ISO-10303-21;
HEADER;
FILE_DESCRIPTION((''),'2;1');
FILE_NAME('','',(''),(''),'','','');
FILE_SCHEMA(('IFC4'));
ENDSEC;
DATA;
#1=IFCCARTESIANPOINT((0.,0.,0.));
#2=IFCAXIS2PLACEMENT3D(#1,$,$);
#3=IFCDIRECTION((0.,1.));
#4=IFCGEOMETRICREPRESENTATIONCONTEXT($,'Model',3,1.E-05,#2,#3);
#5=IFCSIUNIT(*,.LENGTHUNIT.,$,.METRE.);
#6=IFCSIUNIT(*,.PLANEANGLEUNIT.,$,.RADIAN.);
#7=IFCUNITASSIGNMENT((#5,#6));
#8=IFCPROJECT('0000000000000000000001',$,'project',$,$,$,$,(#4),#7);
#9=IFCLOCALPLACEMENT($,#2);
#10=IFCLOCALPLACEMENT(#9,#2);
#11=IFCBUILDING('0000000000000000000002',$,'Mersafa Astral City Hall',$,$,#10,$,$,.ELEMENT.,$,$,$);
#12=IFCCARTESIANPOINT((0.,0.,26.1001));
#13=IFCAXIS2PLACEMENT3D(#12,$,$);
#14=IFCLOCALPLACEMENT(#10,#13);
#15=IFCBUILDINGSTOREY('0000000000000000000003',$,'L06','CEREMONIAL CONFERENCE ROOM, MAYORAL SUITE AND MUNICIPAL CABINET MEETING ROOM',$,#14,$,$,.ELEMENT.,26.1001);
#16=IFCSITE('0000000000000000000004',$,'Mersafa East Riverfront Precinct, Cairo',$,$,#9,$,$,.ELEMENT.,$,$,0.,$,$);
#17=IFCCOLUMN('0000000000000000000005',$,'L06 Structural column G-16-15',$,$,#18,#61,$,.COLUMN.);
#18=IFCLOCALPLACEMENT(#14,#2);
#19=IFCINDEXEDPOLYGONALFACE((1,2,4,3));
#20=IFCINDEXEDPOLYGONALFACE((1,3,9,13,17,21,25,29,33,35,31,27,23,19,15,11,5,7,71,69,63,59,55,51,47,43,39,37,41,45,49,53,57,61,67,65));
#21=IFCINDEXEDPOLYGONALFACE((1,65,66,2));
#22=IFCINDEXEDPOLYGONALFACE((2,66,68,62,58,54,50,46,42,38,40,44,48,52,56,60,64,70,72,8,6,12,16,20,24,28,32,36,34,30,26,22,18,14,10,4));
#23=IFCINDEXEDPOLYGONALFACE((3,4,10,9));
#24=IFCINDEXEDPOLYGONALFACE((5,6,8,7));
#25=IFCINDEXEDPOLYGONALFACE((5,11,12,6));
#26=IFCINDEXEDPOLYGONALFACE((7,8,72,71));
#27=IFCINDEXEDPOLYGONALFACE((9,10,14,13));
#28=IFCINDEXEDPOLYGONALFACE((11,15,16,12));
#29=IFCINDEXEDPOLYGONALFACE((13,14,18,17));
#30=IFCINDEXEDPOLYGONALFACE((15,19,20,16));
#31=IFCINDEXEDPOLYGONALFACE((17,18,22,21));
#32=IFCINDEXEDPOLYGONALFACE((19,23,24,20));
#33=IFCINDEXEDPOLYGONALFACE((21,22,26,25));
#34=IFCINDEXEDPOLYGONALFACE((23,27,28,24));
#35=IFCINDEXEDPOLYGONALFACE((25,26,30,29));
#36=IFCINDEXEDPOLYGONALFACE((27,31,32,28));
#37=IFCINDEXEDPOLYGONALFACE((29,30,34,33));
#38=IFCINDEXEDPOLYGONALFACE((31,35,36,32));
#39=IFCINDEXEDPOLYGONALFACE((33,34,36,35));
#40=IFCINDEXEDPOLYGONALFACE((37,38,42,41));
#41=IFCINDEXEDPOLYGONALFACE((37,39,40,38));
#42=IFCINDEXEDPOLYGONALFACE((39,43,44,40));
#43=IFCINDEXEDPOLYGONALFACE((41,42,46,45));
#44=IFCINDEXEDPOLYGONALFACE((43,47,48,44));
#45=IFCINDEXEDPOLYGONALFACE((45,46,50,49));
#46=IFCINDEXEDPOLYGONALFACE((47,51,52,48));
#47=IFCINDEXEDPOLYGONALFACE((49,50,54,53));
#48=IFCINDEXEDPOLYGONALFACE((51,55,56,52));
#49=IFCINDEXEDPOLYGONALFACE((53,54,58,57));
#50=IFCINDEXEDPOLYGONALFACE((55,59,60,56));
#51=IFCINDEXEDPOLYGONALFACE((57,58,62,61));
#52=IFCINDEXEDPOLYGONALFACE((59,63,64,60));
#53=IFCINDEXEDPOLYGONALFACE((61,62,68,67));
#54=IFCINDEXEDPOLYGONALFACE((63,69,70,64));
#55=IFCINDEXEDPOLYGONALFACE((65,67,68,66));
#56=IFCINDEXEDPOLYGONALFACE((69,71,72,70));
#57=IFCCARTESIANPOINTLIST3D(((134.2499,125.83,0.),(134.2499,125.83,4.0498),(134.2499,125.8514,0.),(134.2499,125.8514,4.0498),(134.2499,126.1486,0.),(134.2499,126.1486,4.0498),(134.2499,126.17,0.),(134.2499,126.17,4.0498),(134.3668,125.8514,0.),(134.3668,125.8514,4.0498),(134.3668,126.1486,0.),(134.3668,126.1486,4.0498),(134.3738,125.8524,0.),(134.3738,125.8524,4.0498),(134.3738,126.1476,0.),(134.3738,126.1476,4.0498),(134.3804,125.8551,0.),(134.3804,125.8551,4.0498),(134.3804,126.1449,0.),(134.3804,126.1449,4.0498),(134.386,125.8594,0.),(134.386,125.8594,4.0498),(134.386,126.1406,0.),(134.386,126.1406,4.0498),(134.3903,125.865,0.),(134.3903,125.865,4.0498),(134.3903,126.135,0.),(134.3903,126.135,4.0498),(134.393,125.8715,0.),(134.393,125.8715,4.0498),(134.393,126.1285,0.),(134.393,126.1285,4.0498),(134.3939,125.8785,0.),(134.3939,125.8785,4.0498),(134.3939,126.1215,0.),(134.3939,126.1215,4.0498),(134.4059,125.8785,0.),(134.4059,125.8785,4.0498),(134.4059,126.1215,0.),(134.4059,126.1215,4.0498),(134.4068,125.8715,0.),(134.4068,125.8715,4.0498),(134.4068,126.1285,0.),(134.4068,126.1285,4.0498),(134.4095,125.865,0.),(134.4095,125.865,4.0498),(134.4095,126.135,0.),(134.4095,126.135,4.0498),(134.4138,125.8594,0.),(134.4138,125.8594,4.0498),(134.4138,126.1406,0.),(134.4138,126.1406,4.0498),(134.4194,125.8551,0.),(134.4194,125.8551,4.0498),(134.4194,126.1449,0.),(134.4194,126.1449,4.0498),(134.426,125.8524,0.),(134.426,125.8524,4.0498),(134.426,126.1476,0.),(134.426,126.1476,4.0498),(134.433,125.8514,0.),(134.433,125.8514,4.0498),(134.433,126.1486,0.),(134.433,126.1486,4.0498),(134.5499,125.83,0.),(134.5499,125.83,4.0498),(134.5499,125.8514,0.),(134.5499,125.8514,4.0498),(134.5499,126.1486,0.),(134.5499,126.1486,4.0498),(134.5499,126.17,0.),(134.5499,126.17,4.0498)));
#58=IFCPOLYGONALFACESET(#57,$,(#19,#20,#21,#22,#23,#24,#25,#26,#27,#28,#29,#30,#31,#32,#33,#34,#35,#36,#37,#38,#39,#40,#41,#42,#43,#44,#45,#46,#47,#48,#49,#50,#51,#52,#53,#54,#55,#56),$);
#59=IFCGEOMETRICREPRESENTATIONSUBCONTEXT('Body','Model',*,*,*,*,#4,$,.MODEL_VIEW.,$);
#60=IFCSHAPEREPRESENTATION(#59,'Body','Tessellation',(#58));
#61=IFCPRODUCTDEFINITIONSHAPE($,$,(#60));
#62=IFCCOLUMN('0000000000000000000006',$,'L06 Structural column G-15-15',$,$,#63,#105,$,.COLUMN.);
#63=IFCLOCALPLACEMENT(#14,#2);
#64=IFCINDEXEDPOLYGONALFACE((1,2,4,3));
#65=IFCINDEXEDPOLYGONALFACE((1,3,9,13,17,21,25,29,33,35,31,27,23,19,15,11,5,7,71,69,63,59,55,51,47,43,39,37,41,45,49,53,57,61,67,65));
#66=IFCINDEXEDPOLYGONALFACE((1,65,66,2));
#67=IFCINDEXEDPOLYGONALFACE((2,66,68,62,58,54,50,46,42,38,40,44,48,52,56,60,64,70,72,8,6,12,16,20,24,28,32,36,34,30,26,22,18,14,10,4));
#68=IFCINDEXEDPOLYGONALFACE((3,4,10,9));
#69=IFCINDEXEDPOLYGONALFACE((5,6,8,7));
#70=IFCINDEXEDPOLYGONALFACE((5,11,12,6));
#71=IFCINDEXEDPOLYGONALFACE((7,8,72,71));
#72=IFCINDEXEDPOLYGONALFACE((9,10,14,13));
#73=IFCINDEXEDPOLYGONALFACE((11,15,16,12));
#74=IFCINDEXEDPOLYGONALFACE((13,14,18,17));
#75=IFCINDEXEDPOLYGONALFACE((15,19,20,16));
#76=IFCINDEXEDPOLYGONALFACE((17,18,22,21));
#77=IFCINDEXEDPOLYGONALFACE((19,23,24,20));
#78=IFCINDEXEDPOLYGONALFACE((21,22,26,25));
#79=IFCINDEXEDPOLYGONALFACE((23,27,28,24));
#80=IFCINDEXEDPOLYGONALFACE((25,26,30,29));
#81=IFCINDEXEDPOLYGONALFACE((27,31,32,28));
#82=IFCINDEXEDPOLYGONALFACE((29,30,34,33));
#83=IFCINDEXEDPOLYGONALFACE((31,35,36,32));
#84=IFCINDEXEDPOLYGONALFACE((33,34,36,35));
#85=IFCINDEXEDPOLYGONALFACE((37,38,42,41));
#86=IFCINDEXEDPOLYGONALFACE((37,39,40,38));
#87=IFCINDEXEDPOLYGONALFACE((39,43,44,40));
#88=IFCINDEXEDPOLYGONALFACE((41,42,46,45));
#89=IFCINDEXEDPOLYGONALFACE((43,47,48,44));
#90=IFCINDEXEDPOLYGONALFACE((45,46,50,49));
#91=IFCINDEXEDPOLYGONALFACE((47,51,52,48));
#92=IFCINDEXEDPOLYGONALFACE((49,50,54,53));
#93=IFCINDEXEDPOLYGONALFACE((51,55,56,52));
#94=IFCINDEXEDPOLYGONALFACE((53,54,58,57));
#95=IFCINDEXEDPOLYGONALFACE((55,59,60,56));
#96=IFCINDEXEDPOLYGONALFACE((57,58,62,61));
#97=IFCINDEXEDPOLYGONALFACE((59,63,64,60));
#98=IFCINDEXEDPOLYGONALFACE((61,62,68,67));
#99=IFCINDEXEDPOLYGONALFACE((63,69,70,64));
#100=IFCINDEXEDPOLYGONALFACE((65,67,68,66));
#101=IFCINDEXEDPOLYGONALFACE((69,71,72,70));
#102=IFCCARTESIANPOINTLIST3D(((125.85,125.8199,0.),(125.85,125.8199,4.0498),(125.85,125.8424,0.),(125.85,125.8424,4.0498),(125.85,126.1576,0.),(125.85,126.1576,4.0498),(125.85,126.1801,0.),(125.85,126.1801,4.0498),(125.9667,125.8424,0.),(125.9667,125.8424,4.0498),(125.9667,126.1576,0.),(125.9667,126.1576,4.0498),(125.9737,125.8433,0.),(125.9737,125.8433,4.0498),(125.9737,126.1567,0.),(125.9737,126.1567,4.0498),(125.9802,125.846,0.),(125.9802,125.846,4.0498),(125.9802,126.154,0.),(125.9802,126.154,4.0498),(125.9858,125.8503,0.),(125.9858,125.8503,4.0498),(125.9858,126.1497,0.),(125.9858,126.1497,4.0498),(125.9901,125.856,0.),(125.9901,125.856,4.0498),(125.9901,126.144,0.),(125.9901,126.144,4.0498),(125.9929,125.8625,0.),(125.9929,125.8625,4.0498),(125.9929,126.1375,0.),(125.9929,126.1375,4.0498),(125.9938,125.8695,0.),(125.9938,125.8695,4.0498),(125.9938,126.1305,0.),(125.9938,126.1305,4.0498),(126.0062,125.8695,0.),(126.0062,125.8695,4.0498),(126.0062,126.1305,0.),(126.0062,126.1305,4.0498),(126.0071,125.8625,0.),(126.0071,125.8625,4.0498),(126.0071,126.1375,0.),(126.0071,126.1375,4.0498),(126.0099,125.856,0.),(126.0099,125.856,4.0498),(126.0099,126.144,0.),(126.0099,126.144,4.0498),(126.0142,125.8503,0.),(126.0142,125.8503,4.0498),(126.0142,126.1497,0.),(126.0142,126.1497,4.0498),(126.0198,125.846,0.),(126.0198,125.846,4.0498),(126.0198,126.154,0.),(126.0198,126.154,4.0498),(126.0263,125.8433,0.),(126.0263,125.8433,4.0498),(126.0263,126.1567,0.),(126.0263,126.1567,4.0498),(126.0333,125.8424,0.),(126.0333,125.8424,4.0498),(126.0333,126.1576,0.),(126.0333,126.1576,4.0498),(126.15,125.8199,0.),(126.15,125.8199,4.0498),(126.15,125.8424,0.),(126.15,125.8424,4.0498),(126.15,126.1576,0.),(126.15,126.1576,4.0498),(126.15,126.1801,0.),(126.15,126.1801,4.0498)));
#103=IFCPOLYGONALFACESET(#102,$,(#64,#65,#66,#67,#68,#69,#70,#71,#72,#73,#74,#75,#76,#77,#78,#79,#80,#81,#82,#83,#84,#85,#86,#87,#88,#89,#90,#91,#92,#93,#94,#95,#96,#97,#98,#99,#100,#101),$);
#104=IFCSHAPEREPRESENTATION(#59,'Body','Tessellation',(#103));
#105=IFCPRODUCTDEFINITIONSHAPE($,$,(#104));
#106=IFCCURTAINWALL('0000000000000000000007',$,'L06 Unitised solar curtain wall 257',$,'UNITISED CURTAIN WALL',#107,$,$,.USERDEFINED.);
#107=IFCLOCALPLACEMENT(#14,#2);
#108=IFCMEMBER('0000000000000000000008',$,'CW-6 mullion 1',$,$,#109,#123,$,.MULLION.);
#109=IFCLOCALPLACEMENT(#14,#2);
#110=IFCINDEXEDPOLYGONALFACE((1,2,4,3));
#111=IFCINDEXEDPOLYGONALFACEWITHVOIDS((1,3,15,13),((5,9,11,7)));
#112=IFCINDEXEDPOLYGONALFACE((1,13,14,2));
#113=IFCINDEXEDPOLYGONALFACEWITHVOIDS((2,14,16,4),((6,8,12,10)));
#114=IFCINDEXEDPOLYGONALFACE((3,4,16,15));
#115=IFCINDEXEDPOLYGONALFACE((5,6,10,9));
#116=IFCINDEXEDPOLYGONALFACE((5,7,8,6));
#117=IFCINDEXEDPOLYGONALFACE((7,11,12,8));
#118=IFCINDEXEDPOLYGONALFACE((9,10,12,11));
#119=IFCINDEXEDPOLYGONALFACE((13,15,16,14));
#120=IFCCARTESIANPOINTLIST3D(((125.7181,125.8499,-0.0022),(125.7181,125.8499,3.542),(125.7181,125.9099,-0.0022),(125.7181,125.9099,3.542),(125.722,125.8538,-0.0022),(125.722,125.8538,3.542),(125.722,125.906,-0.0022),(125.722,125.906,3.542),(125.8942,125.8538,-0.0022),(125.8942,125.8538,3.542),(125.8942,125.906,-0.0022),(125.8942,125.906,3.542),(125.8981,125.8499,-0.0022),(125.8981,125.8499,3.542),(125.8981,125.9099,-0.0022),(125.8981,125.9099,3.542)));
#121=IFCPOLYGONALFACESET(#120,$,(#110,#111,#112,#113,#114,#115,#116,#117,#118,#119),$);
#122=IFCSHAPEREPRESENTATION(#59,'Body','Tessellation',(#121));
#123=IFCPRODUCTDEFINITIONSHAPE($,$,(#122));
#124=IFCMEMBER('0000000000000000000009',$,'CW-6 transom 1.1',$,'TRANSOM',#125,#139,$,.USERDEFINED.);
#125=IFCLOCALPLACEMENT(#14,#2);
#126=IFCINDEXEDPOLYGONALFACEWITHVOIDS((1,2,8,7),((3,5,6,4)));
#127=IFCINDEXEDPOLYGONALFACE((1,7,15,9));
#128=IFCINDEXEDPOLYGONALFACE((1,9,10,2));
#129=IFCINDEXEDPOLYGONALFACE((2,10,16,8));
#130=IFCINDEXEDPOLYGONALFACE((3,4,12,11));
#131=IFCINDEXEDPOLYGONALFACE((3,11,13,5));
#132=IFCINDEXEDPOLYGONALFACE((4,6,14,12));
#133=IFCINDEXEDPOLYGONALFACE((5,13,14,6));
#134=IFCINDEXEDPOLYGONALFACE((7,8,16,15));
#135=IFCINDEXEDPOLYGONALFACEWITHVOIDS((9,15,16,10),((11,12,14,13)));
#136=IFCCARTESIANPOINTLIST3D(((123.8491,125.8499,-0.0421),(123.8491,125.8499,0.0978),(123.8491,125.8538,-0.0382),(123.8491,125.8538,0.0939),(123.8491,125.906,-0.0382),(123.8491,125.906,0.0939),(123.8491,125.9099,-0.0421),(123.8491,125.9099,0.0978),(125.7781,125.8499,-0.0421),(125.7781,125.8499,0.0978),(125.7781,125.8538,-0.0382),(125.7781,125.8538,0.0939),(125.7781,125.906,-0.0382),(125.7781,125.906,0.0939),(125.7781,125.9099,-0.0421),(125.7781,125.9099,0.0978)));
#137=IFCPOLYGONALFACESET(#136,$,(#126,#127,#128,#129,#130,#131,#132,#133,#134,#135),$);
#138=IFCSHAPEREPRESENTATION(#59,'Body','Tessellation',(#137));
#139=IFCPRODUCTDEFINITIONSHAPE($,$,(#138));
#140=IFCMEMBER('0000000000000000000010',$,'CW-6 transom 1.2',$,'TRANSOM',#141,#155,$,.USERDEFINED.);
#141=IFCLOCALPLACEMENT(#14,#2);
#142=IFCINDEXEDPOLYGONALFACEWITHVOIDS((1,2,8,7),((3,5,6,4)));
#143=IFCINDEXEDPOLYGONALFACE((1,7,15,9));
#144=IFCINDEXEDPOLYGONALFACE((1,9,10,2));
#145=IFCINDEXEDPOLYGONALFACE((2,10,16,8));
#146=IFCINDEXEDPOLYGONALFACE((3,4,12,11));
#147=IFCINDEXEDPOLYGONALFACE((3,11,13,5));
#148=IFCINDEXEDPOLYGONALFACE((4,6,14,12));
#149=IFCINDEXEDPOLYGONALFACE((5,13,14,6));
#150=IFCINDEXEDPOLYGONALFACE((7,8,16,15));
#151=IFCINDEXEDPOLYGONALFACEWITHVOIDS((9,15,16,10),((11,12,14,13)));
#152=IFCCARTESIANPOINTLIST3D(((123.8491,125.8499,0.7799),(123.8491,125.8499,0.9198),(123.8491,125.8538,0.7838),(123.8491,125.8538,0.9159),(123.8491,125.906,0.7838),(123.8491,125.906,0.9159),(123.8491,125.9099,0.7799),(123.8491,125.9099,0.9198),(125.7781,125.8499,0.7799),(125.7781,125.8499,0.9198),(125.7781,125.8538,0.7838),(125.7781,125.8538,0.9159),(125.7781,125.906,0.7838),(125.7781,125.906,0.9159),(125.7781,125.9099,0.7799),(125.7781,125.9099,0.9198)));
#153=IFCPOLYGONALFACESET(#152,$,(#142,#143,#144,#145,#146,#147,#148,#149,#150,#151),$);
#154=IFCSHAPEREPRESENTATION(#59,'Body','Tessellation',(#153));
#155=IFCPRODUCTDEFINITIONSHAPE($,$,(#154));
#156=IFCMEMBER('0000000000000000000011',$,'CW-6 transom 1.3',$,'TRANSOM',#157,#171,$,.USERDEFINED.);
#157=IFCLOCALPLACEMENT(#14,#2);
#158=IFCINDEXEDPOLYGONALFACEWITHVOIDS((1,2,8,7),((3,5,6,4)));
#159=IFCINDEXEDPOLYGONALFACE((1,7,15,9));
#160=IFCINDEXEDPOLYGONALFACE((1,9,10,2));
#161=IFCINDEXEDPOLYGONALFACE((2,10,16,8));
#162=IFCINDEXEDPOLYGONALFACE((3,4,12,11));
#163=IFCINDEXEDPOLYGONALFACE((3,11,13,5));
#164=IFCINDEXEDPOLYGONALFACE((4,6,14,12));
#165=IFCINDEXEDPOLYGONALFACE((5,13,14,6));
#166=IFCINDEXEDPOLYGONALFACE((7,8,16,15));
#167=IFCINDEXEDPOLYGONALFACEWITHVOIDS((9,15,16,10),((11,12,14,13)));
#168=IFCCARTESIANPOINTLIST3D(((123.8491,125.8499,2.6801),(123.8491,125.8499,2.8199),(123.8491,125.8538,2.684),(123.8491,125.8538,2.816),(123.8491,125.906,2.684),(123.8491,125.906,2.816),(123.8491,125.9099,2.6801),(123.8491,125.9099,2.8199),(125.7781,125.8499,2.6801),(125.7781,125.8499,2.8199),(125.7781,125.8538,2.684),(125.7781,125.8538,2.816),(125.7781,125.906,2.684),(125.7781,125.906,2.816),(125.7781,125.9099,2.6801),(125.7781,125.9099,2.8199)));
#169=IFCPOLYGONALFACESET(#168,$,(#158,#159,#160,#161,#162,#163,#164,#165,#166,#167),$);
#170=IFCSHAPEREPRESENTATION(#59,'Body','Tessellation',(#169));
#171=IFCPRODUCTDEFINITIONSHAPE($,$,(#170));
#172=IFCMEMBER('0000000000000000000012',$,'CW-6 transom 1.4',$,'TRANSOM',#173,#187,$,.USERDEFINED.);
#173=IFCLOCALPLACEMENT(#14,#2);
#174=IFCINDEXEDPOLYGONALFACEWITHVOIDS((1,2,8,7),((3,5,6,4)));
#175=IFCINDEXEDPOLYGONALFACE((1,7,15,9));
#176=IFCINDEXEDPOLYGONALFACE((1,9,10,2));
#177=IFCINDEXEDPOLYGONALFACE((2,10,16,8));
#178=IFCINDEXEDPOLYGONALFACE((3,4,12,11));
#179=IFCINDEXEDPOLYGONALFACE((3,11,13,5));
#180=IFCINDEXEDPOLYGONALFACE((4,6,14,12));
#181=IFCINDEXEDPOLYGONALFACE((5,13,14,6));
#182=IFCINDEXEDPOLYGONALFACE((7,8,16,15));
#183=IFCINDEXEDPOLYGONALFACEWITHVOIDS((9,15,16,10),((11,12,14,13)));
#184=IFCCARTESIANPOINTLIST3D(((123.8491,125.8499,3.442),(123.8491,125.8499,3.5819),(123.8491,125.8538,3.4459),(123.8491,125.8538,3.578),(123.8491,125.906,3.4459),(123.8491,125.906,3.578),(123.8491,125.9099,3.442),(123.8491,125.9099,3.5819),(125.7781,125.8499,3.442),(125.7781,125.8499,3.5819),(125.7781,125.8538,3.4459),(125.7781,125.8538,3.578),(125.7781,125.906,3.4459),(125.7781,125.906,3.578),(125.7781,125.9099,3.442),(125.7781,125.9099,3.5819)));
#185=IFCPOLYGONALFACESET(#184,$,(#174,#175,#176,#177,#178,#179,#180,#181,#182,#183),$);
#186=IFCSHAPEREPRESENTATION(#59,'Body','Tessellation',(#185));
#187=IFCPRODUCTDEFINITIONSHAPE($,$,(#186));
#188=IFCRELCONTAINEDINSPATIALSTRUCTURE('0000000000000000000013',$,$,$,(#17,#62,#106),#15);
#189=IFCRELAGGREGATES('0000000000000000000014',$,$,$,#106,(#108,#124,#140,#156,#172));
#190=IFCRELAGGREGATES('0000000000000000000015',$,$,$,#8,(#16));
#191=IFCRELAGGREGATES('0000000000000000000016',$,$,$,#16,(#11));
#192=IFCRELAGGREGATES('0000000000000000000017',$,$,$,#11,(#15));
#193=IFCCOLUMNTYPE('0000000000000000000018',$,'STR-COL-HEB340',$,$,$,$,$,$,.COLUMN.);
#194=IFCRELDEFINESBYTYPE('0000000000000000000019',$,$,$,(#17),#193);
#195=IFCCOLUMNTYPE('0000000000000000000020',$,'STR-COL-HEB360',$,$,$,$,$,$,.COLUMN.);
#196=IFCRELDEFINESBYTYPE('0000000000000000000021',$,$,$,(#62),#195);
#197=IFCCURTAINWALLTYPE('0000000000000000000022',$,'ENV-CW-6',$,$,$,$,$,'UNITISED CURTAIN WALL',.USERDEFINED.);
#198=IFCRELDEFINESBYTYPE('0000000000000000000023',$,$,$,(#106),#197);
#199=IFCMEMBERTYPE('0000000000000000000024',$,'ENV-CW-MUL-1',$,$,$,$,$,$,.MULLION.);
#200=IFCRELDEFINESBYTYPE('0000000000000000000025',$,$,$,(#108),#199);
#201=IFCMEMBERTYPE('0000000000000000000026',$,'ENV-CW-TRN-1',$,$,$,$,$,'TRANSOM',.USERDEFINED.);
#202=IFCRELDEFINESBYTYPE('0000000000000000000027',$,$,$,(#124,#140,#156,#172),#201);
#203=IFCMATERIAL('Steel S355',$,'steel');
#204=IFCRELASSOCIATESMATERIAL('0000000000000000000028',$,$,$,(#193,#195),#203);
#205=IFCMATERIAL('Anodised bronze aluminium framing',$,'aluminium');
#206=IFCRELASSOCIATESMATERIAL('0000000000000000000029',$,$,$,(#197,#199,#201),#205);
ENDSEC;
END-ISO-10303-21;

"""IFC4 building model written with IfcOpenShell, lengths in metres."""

from ifc_helpers import new_model, si_unit, direction, frame, origin, origin_2d, place, context, subcontext, project, spatial, hollow_rectangle, i_section, extrude, material, material_profile, profile_set, type_object, element, aggregate, save


model = new_model("IFC4")

# Units and contexts
model_context = context("Model", 3, precision=1e-05, world=origin(), true_north=direction((0.0, 1.0)))
body_context = subcontext(model_context, "Body", "Model", "MODEL_VIEW")
ifc_project = project(units=[si_unit("LENGTHUNIT", "METRE"), si_unit("PLANEANGLEUNIT", "RADIAN")], contexts=[model_context])

# Site, building, storey
site_placement = place(None, origin())
site = spatial("IfcSite", under=ifc_project, at=site_placement, Name="Mersafa East Riverfront Precinct, Cairo", CompositionType="ELEMENT", RefElevation=0.0)
building_placement = place(site_placement, origin())
building = spatial("IfcBuilding", under=site, at=building_placement, Name="Mersafa Astral City Hall", CompositionType="ELEMENT")
storey_placement = place(building_placement, frame((0.0, 0.0, 26.1001)))
storey = spatial("IfcBuildingStorey", under=building, at=storey_placement, Name="L06", Description="CEREMONIAL CONFERENCE ROOM, MAYORAL SUITE AND MUNICIPAL CABINET MEETING ROOM", CompositionType="ELEMENT", Elevation=26.1001)

# Columns
ifc_material_1 = material(Name="Steel S355", Category="steel")
ifc_material_profile_1 = material_profile(ifc_material_1, i_section(OverallWidth=0.3, OverallDepth=0.3401, WebThickness=0.012, FlangeThickness=0.0215, FilletRadius=0.0271, at=origin_2d()), Name="HEB 340")
ifc_profile_set_1 = profile_set([ifc_material_profile_1], Name="Steel S355")
column_type_1 = type_object("IfcColumnType", Name="STR-COL-HEB340", PredefinedType="COLUMN", material=ifc_profile_set_1)
column_1_placement = place(storey_placement, frame((134.3999, 126.0, 0.0), z_axis=(0.0, 0.0, 1.0), x_axis=(1.0, 0.0, 0.0)))
element("IfcColumn", 1, at=column_1_placement, inside=storey, type_object=column_type_1, Name="L06 Structural column G-16-15", PredefinedType="COLUMN", context=body_context, shape_type="SweptSolid", body=[
    extrude(i_section(OverallWidth=0.3, OverallDepth=0.3401, WebThickness=0.012, FlangeThickness=0.0215, FilletRadius=0.0271, at=origin_2d()), origin(), (0.0, 0.0, 1.0), 4.0498),
])
ifc_material_profile_2 = material_profile(ifc_material_1, i_section(OverallWidth=0.3, OverallDepth=0.3601, WebThickness=0.0125, FlangeThickness=0.0225, FilletRadius=0.0271, at=origin_2d()), Name="HEB 360")
ifc_profile_set_2 = profile_set([ifc_material_profile_2], Name="Steel S355")
column_type_2 = type_object("IfcColumnType", Name="STR-COL-HEB360", PredefinedType="COLUMN", material=ifc_profile_set_2)
column_2_placement = place(storey_placement, frame((126.0, 126.0, 0.0), z_axis=(0.0, 0.0, 1.0), x_axis=(1.0, 0.0, 0.0)))
element("IfcColumn", 2, at=column_2_placement, inside=storey, type_object=column_type_2, Name="L06 Structural column G-15-15", PredefinedType="COLUMN", context=body_context, shape_type="SweptSolid", body=[
    extrude(i_section(OverallWidth=0.3, OverallDepth=0.3601, WebThickness=0.0125, FlangeThickness=0.0225, FilletRadius=0.0271, at=origin_2d()), origin(), (0.0, 0.0, 1.0), 4.0498),
])

# Curtain wall, members
ifc_material_2 = material(Name="Anodised bronze aluminium framing", Category="aluminium")
curtain_wall_type = type_object("IfcCurtainWallType", Name="ENV-CW-6", ElementType="UNITISED CURTAIN WALL", PredefinedType="USERDEFINED", material=ifc_material_2)
curtain_wall_placement = place(storey_placement, origin())
curtain_wall = element("IfcCurtainWall", 3, at=curtain_wall_placement, inside=storey, type_object=curtain_wall_type, Name="L06 Unitised solar curtain wall 257", ObjectType="UNITISED CURTAIN WALL", PredefinedType="USERDEFINED")
ifc_material_profile_3 = material_profile(ifc_material_2, hollow_rectangle(XDim=0.0601, YDim=0.1799, WallThickness=0.0039, at=origin_2d()), Name="RHS 60x180x4")
ifc_profile_set_3 = profile_set([ifc_material_profile_3], Name="Anodised bronze aluminium framing")
member_type_1 = type_object("IfcMemberType", Name="ENV-CW-MUL-1", PredefinedType="MULLION", material=ifc_profile_set_3)
member_1_placement = place(storey_placement, frame((125.8081, 125.8799, -0.0022), z_axis=(0.0, 0.0, 1.0), x_axis=(0.0, -1.0, 0.0)))
member_1 = element("IfcMember", 4, at=member_1_placement, type_object=member_type_1, Name="CW-6 mullion 1", PredefinedType="MULLION", context=body_context, shape_type="SweptSolid", body=[
    extrude(hollow_rectangle(XDim=0.0601, YDim=0.1799, WallThickness=0.0039, at=origin_2d()), origin(), (0.0, 0.0, 1.0), 3.5442),
])
ifc_material_profile_4 = material_profile(ifc_material_2, hollow_rectangle(XDim=0.0601, YDim=0.1399, WallThickness=0.0039, at=origin_2d()), Name="RHS 60x140x4")
ifc_profile_set_4 = profile_set([ifc_material_profile_4], Name="Anodised bronze aluminium framing")
member_type_2 = type_object("IfcMemberType", Name="ENV-CW-TRN-1", ElementType="TRANSOM", PredefinedType="USERDEFINED", material=ifc_profile_set_4)
member_2_placement = place(storey_placement, frame((125.7781, 125.8799, 0.0278), z_axis=(-1.0, 0.0, 0.0), x_axis=(0.0, -1.0, 0.0)))
member_2 = element("IfcMember", 5, at=member_2_placement, type_object=member_type_2, Name="CW-6 transom 1.1", ObjectType="TRANSOM", PredefinedType="USERDEFINED", context=body_context, shape_type="SweptSolid", body=[
    extrude(hollow_rectangle(XDim=0.0601, YDim=0.1399, WallThickness=0.0039, at=origin_2d()), origin(), (0.0, 0.0, 1.0), 1.929),
])
member_3_placement = place(storey_placement, frame((125.7781, 125.8799, 0.8499), z_axis=(-1.0, 0.0, 0.0), x_axis=(0.0, -1.0, 0.0)))
member_3 = element("IfcMember", 6, at=member_3_placement, type_object=member_type_2, Name="CW-6 transom 1.2", ObjectType="TRANSOM", PredefinedType="USERDEFINED", context=body_context, shape_type="SweptSolid", body=[
    extrude(hollow_rectangle(XDim=0.0601, YDim=0.1399, WallThickness=0.0039, at=origin_2d()), origin(), (0.0, 0.0, 1.0), 1.929),
])
member_4_placement = place(storey_placement, frame((125.7781, 125.8799, 2.75), z_axis=(-1.0, 0.0, 0.0), x_axis=(0.0, -1.0, 0.0)))
member_4 = element("IfcMember", 7, at=member_4_placement, type_object=member_type_2, Name="CW-6 transom 1.3", ObjectType="TRANSOM", PredefinedType="USERDEFINED", context=body_context, shape_type="SweptSolid", body=[
    extrude(hollow_rectangle(XDim=0.0601, YDim=0.1399, WallThickness=0.0039, at=origin_2d()), origin(), (0.0, 0.0, 1.0), 1.929),
])
member_5_placement = place(storey_placement, frame((125.7781, 125.8799, 3.512), z_axis=(-1.0, 0.0, 0.0), x_axis=(0.0, -1.0, 0.0)))
member_5 = element("IfcMember", 8, at=member_5_placement, type_object=member_type_2, Name="CW-6 transom 1.4", ObjectType="TRANSOM", PredefinedType="USERDEFINED", context=body_context, shape_type="SweptSolid", body=[
    extrude(hollow_rectangle(XDim=0.0601, YDim=0.1399, WallThickness=0.0039, at=origin_2d()), origin(), (0.0, 0.0, 1.0), 1.929),
])

aggregate(curtain_wall, [member_1, member_2, member_3, member_4, member_5])

save(model, "model.ifc")
